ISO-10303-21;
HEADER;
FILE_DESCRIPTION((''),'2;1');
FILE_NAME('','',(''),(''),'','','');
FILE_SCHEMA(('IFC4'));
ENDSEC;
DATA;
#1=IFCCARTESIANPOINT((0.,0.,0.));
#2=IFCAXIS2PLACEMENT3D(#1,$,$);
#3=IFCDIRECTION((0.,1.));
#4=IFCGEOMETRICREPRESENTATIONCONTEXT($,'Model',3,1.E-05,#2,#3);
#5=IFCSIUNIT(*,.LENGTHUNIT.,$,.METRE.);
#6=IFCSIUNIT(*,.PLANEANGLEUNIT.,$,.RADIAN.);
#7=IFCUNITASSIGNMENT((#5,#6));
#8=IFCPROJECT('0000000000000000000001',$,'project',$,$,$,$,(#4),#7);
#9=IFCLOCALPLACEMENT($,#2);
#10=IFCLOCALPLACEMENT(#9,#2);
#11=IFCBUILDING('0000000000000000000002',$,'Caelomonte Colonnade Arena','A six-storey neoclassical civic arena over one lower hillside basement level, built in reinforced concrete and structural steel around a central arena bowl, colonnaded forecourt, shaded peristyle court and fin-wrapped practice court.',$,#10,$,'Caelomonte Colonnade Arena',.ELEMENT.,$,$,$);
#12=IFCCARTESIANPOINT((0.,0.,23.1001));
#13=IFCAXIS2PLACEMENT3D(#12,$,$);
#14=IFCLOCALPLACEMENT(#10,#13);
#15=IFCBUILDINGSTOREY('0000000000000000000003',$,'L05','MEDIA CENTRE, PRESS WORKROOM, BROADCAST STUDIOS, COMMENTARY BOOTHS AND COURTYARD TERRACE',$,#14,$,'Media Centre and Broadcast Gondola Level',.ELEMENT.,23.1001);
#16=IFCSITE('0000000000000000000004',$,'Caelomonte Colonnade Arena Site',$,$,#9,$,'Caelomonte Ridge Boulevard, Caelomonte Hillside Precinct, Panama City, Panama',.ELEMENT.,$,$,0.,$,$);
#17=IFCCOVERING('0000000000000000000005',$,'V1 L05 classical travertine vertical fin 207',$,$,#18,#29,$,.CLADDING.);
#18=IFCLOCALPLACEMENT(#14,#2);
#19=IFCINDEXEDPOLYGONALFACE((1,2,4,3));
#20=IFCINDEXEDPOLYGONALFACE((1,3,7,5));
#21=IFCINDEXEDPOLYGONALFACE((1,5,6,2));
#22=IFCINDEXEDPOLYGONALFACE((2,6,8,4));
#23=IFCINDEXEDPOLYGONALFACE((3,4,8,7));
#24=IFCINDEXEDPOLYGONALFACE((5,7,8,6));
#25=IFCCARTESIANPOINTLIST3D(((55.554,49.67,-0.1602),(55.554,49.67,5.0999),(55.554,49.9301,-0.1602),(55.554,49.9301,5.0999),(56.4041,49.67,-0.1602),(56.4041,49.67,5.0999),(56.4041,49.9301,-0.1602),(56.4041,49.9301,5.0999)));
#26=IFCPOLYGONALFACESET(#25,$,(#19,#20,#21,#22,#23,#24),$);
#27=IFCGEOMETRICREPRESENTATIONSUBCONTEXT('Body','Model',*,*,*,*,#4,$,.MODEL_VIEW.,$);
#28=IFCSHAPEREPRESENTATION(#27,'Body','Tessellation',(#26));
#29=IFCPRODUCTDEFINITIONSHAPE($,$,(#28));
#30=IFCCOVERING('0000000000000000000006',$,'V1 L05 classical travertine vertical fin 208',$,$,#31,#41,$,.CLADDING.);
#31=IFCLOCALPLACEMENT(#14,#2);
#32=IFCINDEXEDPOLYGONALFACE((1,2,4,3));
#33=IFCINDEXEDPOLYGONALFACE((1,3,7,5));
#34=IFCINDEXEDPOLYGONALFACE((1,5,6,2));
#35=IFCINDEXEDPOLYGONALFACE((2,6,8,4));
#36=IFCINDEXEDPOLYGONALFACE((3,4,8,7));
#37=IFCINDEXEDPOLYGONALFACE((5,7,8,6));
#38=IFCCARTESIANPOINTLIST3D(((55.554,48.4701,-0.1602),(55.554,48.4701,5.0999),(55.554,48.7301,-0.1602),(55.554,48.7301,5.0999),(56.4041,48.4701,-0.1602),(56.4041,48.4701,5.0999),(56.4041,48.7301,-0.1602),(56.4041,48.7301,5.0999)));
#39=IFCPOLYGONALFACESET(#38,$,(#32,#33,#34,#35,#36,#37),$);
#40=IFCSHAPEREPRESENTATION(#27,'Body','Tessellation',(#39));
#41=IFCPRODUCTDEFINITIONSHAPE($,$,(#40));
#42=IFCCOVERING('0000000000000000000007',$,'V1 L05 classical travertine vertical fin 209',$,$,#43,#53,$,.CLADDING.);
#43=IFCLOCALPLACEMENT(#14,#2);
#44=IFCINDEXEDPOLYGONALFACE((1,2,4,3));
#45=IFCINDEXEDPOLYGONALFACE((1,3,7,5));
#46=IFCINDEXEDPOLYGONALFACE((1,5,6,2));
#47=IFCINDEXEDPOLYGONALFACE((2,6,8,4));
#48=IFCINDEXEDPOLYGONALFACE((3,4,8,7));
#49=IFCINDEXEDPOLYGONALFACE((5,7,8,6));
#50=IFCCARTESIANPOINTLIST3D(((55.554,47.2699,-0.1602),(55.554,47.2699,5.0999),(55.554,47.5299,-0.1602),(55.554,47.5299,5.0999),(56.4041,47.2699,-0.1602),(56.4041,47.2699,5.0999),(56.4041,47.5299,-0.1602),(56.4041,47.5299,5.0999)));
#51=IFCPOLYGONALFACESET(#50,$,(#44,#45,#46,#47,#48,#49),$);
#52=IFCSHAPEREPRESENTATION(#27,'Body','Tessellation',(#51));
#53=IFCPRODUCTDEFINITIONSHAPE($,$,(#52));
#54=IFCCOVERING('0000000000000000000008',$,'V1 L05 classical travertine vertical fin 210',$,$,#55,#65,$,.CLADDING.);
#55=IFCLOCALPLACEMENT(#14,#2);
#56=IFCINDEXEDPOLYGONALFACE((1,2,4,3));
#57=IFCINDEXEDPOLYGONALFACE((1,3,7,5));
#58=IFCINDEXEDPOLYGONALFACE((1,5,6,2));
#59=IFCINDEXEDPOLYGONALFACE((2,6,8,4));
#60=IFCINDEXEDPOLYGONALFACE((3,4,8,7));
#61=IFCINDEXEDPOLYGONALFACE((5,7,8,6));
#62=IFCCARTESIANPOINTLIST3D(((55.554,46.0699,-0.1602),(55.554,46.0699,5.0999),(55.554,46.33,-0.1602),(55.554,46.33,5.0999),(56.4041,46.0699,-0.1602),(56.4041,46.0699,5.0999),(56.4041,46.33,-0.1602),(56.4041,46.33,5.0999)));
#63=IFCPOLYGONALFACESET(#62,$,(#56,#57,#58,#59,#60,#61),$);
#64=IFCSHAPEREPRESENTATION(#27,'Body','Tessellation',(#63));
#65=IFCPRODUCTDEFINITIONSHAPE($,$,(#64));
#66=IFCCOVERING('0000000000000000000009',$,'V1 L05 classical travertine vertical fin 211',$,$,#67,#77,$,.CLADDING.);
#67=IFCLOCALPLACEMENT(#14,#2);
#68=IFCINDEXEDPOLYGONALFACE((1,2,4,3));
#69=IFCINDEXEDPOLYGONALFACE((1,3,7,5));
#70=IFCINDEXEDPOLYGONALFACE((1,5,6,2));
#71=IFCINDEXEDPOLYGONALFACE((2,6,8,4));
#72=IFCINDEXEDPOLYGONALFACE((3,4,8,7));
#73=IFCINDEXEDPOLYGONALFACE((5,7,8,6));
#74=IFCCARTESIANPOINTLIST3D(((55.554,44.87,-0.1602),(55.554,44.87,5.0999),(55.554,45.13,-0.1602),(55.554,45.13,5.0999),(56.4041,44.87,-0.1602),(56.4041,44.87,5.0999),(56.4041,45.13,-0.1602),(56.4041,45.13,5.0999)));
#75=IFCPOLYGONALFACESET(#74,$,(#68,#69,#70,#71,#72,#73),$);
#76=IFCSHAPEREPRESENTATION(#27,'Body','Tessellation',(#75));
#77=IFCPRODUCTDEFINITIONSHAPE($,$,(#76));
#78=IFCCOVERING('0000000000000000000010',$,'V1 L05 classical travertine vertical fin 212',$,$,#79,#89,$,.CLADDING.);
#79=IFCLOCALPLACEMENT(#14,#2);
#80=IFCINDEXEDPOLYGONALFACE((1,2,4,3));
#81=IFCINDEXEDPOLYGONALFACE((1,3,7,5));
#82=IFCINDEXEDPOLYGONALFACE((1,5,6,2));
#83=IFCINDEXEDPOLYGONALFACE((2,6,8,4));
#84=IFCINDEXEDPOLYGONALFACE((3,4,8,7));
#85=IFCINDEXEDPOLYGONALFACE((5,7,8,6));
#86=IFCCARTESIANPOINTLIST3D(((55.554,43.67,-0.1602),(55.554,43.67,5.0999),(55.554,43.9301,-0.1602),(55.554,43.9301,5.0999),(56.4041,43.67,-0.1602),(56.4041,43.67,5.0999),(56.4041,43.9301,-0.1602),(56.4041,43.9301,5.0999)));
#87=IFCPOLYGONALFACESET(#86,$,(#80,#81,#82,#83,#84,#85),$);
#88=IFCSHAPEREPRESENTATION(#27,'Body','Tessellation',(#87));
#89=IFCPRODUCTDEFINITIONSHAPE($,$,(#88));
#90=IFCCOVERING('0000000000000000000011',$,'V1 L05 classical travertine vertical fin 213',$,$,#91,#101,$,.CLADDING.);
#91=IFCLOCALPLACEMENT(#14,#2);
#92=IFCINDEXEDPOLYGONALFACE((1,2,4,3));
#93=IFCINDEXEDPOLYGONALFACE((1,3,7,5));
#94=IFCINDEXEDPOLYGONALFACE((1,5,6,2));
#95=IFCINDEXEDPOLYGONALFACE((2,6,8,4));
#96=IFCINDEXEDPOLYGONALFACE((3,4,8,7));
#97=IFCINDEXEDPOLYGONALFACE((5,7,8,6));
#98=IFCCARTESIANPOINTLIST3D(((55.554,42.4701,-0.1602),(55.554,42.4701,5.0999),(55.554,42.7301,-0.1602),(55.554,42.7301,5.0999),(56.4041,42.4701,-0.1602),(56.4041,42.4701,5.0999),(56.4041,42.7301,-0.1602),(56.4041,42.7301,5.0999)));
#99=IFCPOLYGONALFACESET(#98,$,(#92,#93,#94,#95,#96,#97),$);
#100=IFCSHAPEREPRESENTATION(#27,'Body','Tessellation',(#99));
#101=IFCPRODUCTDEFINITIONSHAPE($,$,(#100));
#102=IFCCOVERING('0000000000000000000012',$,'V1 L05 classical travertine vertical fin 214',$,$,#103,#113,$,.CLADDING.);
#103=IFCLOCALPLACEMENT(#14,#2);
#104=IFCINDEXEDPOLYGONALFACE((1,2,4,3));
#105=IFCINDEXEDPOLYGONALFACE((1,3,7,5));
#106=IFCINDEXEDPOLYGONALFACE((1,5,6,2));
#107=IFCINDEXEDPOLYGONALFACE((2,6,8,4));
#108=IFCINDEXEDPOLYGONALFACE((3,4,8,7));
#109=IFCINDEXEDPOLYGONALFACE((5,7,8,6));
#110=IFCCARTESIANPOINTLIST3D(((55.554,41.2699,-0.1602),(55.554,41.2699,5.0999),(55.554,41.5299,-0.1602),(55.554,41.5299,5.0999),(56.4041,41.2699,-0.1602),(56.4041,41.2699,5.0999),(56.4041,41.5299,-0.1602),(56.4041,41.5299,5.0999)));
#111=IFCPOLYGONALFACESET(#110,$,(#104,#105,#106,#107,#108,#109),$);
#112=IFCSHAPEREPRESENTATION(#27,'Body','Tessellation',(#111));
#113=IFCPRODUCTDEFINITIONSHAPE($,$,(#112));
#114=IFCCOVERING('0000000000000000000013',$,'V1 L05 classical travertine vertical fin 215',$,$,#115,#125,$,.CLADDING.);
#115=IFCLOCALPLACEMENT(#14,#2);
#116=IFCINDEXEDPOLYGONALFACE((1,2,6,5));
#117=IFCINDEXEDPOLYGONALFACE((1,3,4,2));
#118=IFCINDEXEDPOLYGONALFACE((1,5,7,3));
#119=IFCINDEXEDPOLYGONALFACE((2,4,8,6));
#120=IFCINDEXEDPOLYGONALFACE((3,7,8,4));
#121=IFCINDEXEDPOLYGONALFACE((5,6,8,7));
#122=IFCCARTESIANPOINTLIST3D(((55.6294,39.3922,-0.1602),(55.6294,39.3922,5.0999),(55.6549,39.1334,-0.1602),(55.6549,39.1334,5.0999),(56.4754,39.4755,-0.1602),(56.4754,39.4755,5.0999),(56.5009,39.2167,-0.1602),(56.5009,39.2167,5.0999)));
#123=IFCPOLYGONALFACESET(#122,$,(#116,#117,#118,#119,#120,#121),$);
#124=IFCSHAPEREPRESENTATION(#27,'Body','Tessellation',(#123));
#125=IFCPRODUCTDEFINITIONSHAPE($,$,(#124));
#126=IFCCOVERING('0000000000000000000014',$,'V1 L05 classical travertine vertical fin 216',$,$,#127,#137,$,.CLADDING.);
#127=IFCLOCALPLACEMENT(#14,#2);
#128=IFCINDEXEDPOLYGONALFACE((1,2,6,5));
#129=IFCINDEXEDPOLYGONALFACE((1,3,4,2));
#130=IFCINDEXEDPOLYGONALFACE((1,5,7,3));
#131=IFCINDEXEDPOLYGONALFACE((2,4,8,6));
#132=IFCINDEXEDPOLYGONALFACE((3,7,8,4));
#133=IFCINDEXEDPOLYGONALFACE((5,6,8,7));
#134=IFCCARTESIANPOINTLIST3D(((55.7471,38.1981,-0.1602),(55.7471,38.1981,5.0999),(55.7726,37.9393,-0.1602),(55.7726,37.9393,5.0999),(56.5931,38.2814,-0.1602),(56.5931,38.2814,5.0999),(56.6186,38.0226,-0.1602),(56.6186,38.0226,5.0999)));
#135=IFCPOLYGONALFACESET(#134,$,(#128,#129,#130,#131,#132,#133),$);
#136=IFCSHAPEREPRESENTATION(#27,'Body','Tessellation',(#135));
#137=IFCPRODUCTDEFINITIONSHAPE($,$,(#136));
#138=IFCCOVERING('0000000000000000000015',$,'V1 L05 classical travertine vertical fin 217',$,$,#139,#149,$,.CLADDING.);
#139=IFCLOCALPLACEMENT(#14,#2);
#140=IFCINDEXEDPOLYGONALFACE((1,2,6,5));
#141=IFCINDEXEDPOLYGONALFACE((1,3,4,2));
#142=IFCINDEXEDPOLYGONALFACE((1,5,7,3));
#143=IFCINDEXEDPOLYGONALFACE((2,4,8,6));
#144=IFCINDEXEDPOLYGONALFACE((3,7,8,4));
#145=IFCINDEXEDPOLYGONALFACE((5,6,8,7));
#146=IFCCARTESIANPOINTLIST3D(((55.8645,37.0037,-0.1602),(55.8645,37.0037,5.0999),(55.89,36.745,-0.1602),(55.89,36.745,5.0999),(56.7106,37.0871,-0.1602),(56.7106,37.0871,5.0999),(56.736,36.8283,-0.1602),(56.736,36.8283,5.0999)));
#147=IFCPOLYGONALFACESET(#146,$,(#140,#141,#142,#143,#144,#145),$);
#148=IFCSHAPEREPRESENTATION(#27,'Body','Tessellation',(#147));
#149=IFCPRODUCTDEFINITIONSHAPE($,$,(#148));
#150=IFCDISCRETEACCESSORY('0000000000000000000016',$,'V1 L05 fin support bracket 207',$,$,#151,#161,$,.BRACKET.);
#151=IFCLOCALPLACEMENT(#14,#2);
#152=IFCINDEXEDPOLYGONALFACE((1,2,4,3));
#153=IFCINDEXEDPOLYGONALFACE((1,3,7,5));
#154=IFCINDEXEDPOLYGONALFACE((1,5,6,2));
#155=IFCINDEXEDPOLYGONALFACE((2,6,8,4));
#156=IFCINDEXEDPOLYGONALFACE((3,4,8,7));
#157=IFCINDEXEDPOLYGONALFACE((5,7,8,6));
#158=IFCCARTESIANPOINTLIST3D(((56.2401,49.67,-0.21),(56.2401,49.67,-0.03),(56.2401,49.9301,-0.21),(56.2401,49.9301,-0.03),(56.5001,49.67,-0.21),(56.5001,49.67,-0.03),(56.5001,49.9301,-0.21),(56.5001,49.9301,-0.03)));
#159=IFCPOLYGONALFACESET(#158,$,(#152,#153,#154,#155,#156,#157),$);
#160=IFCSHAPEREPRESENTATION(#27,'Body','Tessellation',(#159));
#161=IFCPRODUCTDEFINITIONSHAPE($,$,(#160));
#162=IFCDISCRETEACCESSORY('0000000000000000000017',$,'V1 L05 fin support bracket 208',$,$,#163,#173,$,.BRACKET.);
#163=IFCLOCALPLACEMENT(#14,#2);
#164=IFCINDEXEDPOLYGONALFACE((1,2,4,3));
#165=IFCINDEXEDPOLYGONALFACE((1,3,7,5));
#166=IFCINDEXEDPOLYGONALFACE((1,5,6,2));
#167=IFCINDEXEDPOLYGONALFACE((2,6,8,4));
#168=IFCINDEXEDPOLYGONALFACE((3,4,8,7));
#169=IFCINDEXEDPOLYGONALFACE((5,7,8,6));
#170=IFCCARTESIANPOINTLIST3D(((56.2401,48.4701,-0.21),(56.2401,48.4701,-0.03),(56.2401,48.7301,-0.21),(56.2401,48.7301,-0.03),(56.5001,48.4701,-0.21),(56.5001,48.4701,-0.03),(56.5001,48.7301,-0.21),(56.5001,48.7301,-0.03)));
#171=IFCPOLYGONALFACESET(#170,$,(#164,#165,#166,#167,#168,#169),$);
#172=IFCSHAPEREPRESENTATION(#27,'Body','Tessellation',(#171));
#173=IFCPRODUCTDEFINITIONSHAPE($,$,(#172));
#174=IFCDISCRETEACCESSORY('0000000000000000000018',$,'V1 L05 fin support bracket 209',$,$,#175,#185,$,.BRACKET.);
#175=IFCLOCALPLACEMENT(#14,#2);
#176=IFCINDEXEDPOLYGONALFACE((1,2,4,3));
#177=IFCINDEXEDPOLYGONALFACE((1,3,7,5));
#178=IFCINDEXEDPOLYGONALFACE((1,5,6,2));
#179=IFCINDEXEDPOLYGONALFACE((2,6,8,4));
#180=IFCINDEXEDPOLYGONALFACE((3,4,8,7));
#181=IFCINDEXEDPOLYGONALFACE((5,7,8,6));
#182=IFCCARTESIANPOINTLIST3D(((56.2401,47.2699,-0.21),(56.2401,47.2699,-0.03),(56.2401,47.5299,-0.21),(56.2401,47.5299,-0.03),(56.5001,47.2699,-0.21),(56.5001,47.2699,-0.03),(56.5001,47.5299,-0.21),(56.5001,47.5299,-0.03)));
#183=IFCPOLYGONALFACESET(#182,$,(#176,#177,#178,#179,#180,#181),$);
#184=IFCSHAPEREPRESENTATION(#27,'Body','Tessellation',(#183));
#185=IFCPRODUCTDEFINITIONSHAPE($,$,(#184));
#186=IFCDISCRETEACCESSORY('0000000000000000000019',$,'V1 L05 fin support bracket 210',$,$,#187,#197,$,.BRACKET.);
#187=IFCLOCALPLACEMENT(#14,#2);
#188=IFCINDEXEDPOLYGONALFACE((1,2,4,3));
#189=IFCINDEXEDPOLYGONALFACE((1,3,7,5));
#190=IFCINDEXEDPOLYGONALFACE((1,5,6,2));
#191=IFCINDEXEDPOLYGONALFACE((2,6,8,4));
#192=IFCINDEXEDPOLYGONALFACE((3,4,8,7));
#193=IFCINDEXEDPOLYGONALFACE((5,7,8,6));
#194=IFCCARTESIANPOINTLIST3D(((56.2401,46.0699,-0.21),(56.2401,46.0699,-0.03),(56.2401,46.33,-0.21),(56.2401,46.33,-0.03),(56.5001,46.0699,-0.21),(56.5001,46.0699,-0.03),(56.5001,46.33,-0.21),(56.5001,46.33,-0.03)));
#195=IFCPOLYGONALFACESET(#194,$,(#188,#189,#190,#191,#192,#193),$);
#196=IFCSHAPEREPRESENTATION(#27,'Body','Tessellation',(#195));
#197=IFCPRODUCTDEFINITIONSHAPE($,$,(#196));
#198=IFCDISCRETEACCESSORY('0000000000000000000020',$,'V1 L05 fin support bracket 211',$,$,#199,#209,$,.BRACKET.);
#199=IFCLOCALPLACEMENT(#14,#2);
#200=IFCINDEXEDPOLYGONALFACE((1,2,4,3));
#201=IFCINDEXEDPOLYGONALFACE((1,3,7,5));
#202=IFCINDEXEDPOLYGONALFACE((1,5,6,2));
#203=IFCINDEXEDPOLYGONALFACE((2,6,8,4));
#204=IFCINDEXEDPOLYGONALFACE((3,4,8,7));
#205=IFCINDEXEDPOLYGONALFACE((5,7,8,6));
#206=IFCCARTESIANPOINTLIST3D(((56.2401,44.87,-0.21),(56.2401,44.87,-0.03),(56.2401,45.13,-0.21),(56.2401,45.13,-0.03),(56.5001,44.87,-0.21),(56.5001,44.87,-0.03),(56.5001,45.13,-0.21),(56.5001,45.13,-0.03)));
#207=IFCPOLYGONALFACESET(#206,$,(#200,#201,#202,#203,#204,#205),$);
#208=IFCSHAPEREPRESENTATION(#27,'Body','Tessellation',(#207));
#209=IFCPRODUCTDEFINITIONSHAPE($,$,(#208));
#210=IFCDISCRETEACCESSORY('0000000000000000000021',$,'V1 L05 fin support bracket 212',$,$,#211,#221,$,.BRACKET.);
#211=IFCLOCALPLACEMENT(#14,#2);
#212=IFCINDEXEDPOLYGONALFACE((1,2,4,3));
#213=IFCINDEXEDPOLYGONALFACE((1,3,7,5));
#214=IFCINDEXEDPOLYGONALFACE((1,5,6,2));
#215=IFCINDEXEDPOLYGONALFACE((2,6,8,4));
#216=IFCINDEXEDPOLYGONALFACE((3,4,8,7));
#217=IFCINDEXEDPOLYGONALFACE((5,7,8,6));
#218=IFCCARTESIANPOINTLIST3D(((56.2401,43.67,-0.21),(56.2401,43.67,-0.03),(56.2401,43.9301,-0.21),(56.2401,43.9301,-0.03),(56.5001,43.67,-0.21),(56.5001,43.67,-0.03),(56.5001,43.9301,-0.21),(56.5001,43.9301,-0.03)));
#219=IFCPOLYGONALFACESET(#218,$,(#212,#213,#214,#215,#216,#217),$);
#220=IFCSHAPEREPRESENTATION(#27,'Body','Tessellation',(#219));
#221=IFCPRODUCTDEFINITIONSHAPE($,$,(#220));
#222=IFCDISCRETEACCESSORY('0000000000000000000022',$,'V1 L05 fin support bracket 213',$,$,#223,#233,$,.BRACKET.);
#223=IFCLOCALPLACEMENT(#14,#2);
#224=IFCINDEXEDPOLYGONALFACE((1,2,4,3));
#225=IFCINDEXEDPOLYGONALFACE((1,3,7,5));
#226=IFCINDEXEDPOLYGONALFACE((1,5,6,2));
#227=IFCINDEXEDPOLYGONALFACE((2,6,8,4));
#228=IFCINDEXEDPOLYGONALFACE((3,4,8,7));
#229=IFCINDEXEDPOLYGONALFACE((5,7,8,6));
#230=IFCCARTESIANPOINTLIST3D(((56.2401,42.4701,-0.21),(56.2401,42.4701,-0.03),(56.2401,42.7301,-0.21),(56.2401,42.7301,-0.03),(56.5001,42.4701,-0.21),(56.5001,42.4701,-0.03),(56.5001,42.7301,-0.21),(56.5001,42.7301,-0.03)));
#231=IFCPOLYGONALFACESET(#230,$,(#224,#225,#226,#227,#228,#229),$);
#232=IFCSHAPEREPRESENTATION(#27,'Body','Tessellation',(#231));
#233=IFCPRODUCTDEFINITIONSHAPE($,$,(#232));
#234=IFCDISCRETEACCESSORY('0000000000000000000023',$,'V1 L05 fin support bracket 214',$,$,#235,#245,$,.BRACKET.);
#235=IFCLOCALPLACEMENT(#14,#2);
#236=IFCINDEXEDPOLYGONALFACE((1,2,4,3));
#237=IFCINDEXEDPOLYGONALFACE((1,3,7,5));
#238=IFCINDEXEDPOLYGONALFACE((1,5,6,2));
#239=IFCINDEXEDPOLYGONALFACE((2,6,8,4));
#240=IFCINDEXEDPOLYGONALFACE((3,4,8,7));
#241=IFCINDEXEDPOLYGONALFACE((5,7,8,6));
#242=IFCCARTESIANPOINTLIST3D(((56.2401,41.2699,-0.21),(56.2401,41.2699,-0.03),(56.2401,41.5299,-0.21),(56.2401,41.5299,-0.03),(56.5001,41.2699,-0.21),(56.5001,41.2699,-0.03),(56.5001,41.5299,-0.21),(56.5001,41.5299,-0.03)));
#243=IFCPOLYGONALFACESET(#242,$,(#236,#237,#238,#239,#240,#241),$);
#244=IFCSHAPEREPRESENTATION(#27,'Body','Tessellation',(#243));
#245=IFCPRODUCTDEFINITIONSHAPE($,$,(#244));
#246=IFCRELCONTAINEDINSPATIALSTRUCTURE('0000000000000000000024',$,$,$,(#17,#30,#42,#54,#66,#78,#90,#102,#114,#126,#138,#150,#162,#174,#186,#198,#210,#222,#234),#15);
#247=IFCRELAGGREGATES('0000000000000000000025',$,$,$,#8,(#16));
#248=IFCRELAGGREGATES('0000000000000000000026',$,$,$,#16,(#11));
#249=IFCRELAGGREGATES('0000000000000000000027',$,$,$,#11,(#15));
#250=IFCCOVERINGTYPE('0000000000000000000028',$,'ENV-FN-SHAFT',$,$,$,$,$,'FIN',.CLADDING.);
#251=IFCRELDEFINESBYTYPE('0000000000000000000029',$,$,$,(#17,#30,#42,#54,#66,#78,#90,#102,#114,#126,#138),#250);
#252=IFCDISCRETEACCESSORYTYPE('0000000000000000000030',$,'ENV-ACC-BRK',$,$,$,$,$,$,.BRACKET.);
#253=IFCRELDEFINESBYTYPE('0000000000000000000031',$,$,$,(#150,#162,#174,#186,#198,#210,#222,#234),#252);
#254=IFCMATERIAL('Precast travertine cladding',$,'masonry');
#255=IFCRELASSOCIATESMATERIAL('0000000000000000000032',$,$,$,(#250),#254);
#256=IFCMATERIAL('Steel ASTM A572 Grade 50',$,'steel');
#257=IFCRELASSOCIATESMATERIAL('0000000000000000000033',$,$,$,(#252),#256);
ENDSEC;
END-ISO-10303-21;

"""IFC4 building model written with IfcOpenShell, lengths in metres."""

from ifc_helpers import new_model, si_unit, direction, frame, origin, origin_2d, place, context, subcontext, project, spatial, rectangle, extrude, material, material_profile, profile_set, type_object, element, save


model = new_model("IFC4")

# Units and contexts
model_context = context("Model", 3, precision=1e-05, world=origin(), true_north=direction((0.0, 1.0)))
body_context = subcontext(model_context, "Body", "Model", "MODEL_VIEW")
ifc_project = project(units=[si_unit("LENGTHUNIT", "METRE"), si_unit("PLANEANGLEUNIT", "RADIAN")], contexts=[model_context])

# Site, building, storey
site_placement = place(None, origin())
site = spatial("IfcSite", under=ifc_project, at=site_placement, Name="Caelomonte Colonnade Arena Site", LongName="Caelomonte Ridge Boulevard, Caelomonte Hillside Precinct, Panama City, Panama", CompositionType="ELEMENT", RefElevation=0.0)
building_placement = place(site_placement, origin())
building = spatial("IfcBuilding", under=site, at=building_placement, Name="Caelomonte Colonnade Arena", Description="A six-storey neoclassical civic arena over one lower hillside basement level, built in reinforced concrete and structural steel around a central arena bowl, colonnaded forecourt, shaded peristyle court and fin-wrapped practice court.", LongName="Caelomonte Colonnade Arena", CompositionType="ELEMENT")
storey_placement = place(building_placement, frame((0.0, 0.0, 23.1001)))
storey = spatial("IfcBuildingStorey", under=building, at=storey_placement, Name="L05", Description="MEDIA CENTRE, PRESS WORKROOM, BROADCAST STUDIOS, COMMENTARY BOOTHS AND COURTYARD TERRACE", LongName="Media Centre and Broadcast Gondola Level", CompositionType="ELEMENT", Elevation=23.1001)

# Coverings
ifc_material_1 = material(Name="Precast travertine cladding", Category="masonry")
ifc_material_profile = material_profile(ifc_material_1, rectangle(XDim=0.26, YDim=0.8501, at=origin_2d()), Name="FIN260X850")
ifc_profile_set = profile_set([ifc_material_profile], Name="Precast travertine cladding")
covering_type_1 = type_object("IfcCoveringType", Name="ENV-FN-SHAFT", ElementType="FIN", PredefinedType="CLADDING", material=ifc_profile_set)
for number, where, z_axis, x_axis, name in (
    (1, (55.979, 49.8, -0.1602), (0.0, 0.0, 1.0), (0.0, 1.0, 0.0), "V1 L05 classical travertine vertical fin 207"),
    (2, (55.979, 48.6001, -0.1602), (0.0, 0.0, 1.0), (0.0, 1.0, 0.0), "V1 L05 classical travertine vertical fin 208"),
    (3, (55.979, 47.3999, -0.1602), (0.0, 0.0, 1.0), (0.0, 1.0, 0.0), "V1 L05 classical travertine vertical fin 209"),
    (4, (55.979, 46.2, -0.1602), (0.0, 0.0, 1.0), (0.0, 1.0, 0.0), "V1 L05 classical travertine vertical fin 210"),
    (5, (55.979, 45.0, -0.1602), (0.0, 0.0, 1.0), (0.0, 1.0, 0.0), "V1 L05 classical travertine vertical fin 211"),
    (6, (55.979, 43.8, -0.1602), (0.0, 0.0, 1.0), (0.0, 1.0, 0.0), "V1 L05 classical travertine vertical fin 212"),
    (7, (55.979, 42.6001, -0.1602), (0.0, 0.0, 1.0), (0.0, 1.0, 0.0), "V1 L05 classical travertine vertical fin 213"),
    (8, (55.979, 41.3999, -0.1602), (0.0, 0.0, 1.0), (0.0, 1.0, 0.0), "V1 L05 classical travertine vertical fin 214"),
    (9, (56.0652, 39.3044, -0.1602), (0.0, 0.0, 1.0), (-0.098015, 0.995185, 0.0), "V1 L05 classical travertine vertical fin 215"),
    (10, (56.1829, 38.1104, -0.1602), (0.0, 0.0, 1.0), (-0.098015, 0.995185, 0.0), "V1 L05 classical travertine vertical fin 216"),
    (11, (56.3003, 36.916, -0.1602), (0.0, 0.0, 1.0), (-0.098015, 0.995185, 0.0), "V1 L05 classical travertine vertical fin 217"),
):
    element("IfcCovering", number, at=place(storey_placement, frame(where, z_axis=z_axis, x_axis=x_axis)), inside=storey, type_object=covering_type_1, Name=name, PredefinedType="CLADDING", context=body_context, shape_type="SweptSolid", body=[
        extrude(rectangle(XDim=0.26, YDim=0.8501, at=origin_2d()), origin(), (0.0, 0.0, 1.0), 5.26),
    ])

# Discrete accessories
ifc_material_2 = material(Name="Steel ASTM A572 Grade 50", Category="steel")
discrete_accessory_type = type_object("IfcDiscreteAccessoryType", Name="ENV-ACC-BRK", PredefinedType="BRACKET", material=ifc_material_2)
for number, where, z_axis, x_axis, name in (
    (12, (56.3701, 49.8, -0.21), (0.0, 0.0, 1.0), (0.0, -1.0, 0.0), "V1 L05 fin support bracket 207"),
    (13, (56.3701, 48.6001, -0.21), (0.0, 0.0, 1.0), (0.0, -1.0, 0.0), "V1 L05 fin support bracket 208"),
    (14, (56.3701, 47.3999, -0.21), (0.0, 0.0, 1.0), (0.0, -1.0, 0.0), "V1 L05 fin support bracket 209"),
    (15, (56.3701, 46.2, -0.21), (0.0, 0.0, 1.0), (0.0, -1.0, 0.0), "V1 L05 fin support bracket 210"),
    (16, (56.3701, 45.0, -0.21), (0.0, 0.0, 1.0), (0.0, -1.0, 0.0), "V1 L05 fin support bracket 211"),
    (17, (56.3701, 43.8, -0.21), (0.0, 0.0, 1.0), (0.0, -1.0, 0.0), "V1 L05 fin support bracket 212"),
    (18, (56.3701, 42.6001, -0.21), (0.0, 0.0, 1.0), (0.0, -1.0, 0.0), "V1 L05 fin support bracket 213"),
    (19, (56.3701, 41.3999, -0.21), (0.0, 0.0, 1.0), (0.0, -1.0, 0.0), "V1 L05 fin support bracket 214"),
):
    element("IfcDiscreteAccessory", number, at=place(storey_placement, frame(where, z_axis=z_axis, x_axis=x_axis)), inside=storey, type_object=discrete_accessory_type, Name=name, PredefinedType="BRACKET", context=body_context, shape_type="SweptSolid", body=[
        extrude(rectangle(XDim=0.26, YDim=0.26, at=origin_2d()), origin(), (0.0, 0.0, 1.0), 0.1799),
    ])

save(model, "model.ifc")
